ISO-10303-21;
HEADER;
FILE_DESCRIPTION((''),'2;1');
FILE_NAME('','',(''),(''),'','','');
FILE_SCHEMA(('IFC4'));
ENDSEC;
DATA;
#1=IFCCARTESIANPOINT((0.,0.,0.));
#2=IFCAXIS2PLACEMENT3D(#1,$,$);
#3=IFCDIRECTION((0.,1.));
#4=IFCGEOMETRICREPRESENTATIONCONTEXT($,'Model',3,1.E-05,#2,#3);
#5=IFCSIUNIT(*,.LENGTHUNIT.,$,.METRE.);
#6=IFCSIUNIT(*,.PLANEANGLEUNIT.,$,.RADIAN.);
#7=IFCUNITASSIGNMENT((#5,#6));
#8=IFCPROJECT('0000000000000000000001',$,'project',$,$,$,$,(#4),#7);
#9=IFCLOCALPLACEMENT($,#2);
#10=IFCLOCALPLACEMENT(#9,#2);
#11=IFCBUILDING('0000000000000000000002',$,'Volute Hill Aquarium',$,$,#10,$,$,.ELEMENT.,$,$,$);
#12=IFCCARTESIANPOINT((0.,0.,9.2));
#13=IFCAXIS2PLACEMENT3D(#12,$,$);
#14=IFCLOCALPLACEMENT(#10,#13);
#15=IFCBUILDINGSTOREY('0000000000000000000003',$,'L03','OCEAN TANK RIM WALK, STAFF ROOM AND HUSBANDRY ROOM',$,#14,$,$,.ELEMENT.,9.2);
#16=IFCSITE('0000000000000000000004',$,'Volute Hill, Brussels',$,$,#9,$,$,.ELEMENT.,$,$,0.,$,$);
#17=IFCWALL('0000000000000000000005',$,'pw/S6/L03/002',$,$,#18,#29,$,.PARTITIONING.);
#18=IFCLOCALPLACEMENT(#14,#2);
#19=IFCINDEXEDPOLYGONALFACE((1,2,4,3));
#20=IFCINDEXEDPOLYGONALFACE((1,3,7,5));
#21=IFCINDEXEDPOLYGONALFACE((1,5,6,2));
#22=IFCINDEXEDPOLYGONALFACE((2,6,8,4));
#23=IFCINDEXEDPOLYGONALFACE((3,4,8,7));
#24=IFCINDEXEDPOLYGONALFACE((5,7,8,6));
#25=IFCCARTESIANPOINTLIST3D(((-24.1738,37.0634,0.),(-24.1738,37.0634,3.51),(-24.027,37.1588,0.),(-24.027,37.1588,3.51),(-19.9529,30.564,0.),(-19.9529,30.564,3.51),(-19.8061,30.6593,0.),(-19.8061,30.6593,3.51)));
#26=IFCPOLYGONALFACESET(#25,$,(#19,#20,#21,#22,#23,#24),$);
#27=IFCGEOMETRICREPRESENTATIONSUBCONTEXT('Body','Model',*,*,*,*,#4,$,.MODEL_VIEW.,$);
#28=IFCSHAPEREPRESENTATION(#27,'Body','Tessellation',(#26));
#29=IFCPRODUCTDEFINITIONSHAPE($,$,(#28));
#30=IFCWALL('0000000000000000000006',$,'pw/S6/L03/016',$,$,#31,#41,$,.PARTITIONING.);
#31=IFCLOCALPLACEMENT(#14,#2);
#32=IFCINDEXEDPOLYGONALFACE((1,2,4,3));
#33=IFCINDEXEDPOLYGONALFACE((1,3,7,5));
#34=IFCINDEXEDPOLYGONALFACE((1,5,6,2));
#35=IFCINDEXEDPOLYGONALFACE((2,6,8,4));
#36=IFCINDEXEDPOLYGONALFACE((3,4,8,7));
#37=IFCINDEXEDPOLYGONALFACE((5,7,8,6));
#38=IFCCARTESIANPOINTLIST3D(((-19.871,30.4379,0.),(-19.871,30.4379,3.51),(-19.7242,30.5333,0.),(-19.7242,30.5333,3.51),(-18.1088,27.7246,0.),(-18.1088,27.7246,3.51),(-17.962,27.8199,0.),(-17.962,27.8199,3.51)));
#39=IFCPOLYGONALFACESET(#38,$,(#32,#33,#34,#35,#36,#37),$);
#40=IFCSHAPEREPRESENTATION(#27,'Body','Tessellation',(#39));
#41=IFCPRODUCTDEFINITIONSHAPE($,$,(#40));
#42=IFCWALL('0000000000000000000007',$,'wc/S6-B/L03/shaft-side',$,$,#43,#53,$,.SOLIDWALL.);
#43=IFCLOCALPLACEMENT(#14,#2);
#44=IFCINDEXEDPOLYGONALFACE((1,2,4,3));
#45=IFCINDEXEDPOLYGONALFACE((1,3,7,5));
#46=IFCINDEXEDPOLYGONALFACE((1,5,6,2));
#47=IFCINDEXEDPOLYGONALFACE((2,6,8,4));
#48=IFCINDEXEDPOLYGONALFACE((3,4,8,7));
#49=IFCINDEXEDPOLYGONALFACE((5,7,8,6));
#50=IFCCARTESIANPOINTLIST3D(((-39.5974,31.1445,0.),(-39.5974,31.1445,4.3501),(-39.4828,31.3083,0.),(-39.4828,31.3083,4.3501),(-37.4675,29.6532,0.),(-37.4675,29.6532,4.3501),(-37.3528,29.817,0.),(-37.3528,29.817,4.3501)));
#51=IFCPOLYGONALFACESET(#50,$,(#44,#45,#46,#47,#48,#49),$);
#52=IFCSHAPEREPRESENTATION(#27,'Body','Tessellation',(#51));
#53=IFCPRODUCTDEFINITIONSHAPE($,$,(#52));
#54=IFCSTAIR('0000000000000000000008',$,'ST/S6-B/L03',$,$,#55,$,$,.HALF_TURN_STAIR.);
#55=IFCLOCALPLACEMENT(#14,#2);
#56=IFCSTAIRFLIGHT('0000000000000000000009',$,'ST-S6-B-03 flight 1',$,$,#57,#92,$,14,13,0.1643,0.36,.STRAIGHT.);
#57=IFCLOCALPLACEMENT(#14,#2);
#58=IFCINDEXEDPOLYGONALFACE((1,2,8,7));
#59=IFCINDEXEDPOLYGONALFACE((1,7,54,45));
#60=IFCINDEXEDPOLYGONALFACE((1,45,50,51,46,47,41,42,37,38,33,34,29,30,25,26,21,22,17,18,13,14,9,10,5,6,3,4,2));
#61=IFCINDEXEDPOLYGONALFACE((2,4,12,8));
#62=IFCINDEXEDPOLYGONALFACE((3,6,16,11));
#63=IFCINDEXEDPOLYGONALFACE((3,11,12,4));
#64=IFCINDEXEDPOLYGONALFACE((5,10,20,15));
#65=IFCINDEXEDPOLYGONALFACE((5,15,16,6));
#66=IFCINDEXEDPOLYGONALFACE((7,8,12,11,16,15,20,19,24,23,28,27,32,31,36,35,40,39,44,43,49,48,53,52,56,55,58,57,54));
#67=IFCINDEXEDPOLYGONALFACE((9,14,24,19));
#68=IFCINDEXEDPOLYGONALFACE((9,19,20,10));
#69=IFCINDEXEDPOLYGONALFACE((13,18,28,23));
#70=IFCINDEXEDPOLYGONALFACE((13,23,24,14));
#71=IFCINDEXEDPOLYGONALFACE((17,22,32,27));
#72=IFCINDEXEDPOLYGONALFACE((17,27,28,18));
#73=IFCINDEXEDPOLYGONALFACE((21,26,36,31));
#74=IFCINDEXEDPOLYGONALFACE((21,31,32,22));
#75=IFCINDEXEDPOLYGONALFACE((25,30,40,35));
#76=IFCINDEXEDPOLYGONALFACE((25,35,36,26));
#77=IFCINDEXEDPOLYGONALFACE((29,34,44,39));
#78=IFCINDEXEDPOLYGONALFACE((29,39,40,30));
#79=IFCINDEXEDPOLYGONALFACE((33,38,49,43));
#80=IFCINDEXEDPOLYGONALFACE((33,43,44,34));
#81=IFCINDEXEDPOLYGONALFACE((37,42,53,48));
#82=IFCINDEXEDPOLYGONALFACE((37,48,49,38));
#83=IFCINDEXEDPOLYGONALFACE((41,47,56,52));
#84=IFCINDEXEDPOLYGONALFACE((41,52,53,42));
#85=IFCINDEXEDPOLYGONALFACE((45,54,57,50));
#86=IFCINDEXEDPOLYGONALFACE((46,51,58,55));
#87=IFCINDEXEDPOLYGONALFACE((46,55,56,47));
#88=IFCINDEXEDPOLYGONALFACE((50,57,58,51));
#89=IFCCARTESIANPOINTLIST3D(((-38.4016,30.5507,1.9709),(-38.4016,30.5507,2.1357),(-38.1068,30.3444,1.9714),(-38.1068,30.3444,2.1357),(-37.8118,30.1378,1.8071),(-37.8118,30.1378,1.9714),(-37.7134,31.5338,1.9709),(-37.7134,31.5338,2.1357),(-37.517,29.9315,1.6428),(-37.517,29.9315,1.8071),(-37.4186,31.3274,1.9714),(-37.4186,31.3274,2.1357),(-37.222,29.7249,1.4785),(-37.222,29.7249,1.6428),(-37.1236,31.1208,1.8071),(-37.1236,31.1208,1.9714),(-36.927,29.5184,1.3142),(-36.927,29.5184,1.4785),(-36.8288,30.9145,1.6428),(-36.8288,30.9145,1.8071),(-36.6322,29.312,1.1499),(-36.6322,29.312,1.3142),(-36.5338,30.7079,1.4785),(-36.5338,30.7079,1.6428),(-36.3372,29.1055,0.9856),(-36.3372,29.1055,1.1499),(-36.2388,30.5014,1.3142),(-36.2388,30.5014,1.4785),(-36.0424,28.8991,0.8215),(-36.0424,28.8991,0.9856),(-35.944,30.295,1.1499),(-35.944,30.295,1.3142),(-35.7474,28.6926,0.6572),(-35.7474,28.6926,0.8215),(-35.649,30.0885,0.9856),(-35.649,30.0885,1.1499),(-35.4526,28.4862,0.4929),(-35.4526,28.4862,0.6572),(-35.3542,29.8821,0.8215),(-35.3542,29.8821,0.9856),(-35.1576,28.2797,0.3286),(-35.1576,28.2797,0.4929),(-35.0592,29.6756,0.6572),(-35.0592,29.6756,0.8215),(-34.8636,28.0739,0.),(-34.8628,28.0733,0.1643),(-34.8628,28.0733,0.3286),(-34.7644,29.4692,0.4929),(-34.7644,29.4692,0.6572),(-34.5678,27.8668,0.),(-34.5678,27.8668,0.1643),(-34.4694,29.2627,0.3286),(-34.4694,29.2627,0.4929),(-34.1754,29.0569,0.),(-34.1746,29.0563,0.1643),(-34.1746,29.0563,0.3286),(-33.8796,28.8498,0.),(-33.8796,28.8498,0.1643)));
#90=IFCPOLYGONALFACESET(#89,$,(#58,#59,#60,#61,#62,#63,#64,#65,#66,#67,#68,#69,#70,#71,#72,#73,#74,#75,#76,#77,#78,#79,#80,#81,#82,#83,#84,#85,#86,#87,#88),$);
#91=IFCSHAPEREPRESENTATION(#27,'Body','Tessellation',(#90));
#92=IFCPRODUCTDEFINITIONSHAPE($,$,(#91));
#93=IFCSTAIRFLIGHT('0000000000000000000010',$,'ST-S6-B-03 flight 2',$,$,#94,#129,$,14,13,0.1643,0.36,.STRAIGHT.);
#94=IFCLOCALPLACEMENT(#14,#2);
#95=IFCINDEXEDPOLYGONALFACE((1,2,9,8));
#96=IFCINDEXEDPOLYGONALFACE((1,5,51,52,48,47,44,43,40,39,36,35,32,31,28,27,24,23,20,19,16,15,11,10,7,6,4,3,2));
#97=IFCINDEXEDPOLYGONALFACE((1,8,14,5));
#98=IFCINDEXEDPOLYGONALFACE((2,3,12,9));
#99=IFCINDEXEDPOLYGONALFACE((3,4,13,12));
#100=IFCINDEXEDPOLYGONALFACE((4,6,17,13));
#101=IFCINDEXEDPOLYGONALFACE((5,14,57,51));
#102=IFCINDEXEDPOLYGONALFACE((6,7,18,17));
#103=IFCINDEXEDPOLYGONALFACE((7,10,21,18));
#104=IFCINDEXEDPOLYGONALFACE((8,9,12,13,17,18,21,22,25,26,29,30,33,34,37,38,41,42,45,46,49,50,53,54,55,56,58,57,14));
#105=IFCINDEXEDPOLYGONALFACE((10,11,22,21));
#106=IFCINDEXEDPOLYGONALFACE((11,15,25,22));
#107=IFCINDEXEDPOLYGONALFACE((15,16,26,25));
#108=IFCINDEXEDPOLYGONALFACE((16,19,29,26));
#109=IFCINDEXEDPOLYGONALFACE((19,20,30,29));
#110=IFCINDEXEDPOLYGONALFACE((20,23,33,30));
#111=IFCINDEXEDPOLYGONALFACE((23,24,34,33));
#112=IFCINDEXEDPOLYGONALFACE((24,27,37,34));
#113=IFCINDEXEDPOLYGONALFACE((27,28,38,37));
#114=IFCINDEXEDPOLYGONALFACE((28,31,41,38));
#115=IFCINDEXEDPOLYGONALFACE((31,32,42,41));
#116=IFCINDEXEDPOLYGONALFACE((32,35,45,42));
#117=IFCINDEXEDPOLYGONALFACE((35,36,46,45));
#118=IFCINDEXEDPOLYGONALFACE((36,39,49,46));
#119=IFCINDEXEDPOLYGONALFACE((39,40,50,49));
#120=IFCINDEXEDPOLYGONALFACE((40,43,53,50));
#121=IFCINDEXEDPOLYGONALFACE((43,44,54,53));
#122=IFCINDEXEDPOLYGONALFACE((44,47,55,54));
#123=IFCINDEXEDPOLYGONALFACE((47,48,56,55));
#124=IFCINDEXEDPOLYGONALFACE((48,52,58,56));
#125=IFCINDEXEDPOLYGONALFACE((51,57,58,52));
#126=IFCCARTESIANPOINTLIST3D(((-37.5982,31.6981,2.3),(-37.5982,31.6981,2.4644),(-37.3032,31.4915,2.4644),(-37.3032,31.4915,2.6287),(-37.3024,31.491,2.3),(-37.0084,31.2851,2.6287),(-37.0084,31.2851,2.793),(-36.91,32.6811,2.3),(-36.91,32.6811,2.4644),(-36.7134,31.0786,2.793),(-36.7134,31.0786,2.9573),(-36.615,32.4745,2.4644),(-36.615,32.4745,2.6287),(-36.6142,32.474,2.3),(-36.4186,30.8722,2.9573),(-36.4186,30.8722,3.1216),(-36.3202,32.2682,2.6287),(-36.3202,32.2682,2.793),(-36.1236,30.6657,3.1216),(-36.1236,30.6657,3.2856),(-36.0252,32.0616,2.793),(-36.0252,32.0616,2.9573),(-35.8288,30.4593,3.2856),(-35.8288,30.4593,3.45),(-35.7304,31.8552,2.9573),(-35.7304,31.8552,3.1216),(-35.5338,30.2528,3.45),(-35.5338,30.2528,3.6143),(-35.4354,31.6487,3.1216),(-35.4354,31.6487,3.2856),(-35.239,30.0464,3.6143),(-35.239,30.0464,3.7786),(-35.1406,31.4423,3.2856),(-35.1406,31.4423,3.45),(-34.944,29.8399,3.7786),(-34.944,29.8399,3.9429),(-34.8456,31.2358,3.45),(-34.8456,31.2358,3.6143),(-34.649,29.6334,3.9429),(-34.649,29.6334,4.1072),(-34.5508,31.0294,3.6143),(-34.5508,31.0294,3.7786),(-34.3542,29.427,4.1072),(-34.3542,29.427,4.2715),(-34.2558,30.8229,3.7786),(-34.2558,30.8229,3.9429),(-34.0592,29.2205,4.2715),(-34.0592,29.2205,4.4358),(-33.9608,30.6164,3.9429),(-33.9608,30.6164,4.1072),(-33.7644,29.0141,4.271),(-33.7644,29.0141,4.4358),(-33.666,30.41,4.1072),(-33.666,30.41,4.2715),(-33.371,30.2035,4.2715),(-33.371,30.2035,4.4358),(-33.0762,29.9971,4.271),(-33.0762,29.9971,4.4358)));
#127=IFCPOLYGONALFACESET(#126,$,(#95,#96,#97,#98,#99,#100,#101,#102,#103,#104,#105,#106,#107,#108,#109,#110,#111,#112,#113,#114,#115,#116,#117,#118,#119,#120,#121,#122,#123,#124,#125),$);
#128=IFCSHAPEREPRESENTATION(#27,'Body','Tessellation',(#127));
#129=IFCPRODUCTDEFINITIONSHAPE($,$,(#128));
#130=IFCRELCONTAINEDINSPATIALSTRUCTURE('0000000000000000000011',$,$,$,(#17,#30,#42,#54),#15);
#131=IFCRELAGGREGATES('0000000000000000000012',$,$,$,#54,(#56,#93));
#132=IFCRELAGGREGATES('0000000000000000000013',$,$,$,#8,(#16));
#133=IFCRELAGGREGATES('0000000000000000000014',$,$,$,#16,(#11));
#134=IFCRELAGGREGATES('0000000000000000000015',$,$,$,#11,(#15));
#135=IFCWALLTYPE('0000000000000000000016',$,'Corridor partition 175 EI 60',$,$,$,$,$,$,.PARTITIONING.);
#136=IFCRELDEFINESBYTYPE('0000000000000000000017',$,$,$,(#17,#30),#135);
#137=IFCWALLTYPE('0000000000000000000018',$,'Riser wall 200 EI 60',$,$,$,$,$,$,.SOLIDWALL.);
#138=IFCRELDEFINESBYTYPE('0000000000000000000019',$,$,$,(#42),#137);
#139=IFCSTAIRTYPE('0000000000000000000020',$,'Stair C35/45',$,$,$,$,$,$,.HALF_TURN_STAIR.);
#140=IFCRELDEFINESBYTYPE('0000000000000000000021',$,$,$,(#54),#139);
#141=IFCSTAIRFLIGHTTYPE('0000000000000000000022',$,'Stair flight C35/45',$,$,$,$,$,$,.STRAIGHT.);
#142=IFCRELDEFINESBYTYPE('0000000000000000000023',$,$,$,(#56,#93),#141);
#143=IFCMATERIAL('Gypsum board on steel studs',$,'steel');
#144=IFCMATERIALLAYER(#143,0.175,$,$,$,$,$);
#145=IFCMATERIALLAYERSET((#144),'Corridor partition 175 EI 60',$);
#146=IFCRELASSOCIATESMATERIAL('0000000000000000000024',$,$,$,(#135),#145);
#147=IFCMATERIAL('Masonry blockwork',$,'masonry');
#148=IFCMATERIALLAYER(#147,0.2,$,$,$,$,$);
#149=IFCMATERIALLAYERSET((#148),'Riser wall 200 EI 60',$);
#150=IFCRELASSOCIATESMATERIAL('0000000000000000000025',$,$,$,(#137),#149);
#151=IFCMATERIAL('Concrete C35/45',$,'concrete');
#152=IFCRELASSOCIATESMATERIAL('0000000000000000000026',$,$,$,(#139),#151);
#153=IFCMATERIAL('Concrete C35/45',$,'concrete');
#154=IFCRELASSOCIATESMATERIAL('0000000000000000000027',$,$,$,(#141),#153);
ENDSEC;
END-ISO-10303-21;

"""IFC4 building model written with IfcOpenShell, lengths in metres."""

from ifc_helpers import new_model, si_unit, direction, frame, frame_2d, origin, place, context, subcontext, project, spatial, polyline, rectangle, outline, extrude, material, layer, layer_set, type_object, element, aggregate, save


model = new_model("IFC4")

# Units and contexts
model_context = context("Model", 3, precision=1e-05, world=origin(), true_north=direction((0.0, 1.0)))
body_context = subcontext(model_context, "Body", "Model", "MODEL_VIEW")
ifc_project = project(units=[si_unit("LENGTHUNIT", "METRE"), si_unit("PLANEANGLEUNIT", "RADIAN")], contexts=[model_context])

# Site, building, storey
site_placement = place(None, origin())
site = spatial("IfcSite", under=ifc_project, at=site_placement, Name="Volute Hill, Brussels", CompositionType="ELEMENT", RefElevation=0.0)
building_placement = place(site_placement, origin())
building = spatial("IfcBuilding", under=site, at=building_placement, Name="Volute Hill Aquarium", CompositionType="ELEMENT")
storey_placement = place(building_placement, frame((0.0, 0.0, 9.2)))
storey = spatial("IfcBuildingStorey", under=building, at=storey_placement, Name="L03", Description="OCEAN TANK RIM WALK, STAFF ROOM AND HUSBANDRY ROOM", CompositionType="ELEMENT", Elevation=9.2)

# Walls
ifc_material_1 = material(Name="Gypsum board on steel studs", Category="steel")
ifc_layer_1 = layer(ifc_material_1, 0.175)
ifc_layer_set_1 = layer_set([ifc_layer_1], Name="Corridor partition 175 EI 60")
wall_type_1 = type_object("IfcWallType", Name="Corridor partition 175 EI 60", PredefinedType="PARTITIONING", material=ifc_layer_set_1)
wall_1_placement = place(storey_placement, frame((-19.8794, 30.6116, 0.0), z_axis=(0.0, 0.0, 1.0), x_axis=(-0.544649, 0.838664, 0.0)))
element("IfcWall", 1, at=wall_1_placement, inside=storey, type_object=wall_type_1, Name="pw/S6/L03/002", PredefinedType="PARTITIONING", context=body_context, shape_type="SweptSolid", body=[
    extrude(rectangle(XDim=7.7498, YDim=0.175, at=frame_2d((3.875, 0.0))), origin(), (0.0, 0.0, 1.0), 3.51),
])
wall_2_placement = place(storey_placement, frame((-19.7976, 30.4856, 0.0), z_axis=(0.0, 0.0, 1.0), x_axis=(0.544665, -0.838654, 0.0)))
element("IfcWall", 2, at=wall_2_placement, inside=storey, type_object=wall_type_1, Name="pw/S6/L03/016", PredefinedType="PARTITIONING", context=body_context, shape_type="SweptSolid", body=[
    extrude(rectangle(XDim=3.2354, YDim=0.175, at=frame_2d((1.6177, 0.0))), origin(), (0.0, 0.0, 1.0), 3.51),
])
ifc_material_2 = material(Name="Masonry blockwork", Category="masonry")
ifc_layer_2 = layer(ifc_material_2, 0.2)
ifc_layer_set_2 = layer_set([ifc_layer_2], Name="Riser wall 200 EI 60")
wall_type_2 = type_object("IfcWallType", Name="Riser wall 200 EI 60", PredefinedType="SOLIDWALL", material=ifc_layer_set_2)
wall_3_placement = place(storey_placement, frame((-37.4102, 29.7351, 0.0), z_axis=(0.0, 0.0, 1.0), x_axis=(-0.819179, 0.573538, 0.0)))
element("IfcWall", 3, at=wall_3_placement, inside=storey, type_object=wall_type_2, Name="wc/S6-B/L03/shaft-side", PredefinedType="SOLIDWALL", context=body_context, shape_type="SweptSolid", body=[
    extrude(rectangle(XDim=2.6001, YDim=0.2, at=frame_2d((1.3, 0.0))), origin(), (0.0, 0.0, 1.0), 4.3501),
])

# Stair, stair flights
ifc_material_3 = material(Name="Concrete C35/45", Category="concrete")
stair_type = type_object("IfcStairType", Name="Stair C35/45", PredefinedType="HALF_TURN_STAIR", material=ifc_material_3)
stair_placement = place(storey_placement, origin())
stair = element("IfcStair", 4, at=stair_placement, inside=storey, type_object=stair_type, Name="ST/S6-B/L03", PredefinedType="HALF_TURN_STAIR")
ifc_material_4 = material(Name="Concrete C35/45", Category="concrete")
stair_flight_type = type_object("IfcStairFlightType", Name="Stair flight C35/45", PredefinedType="STRAIGHT", material=ifc_material_4)
stair_flight_1_placement = place(storey_placement, frame((-34.2236, 28.3584, 0.0), z_axis=(0.0, 0.0, 1.0), x_axis=(-0.819204, 0.573503, 0.0)))
stair_flight_1 = element("IfcStairFlight", 5, at=stair_flight_1_placement, type_object=stair_flight_type, Name="ST-S6-B-03 flight 1", NumberOfRisers=14, NumberOfTreads=13, PredefinedType="STRAIGHT", RiserHeight=0.1643, TreadLength=0.36, context=body_context, shape_type="SweptSolid", body=[
    extrude(outline(polyline([(0.0, 0.0), (0.0, 0.1643), (0.3601, 0.1643), (0.3601, 0.3286), (0.72, 0.3286), (0.72, 0.4929), (1.0801, 0.4929), (1.0801, 0.6572), (1.4399, 0.6572), (1.4399, 0.8215), (1.8, 0.8215), (1.8, 0.9856), (2.1599, 0.9856), (2.1599, 1.1499), (2.52, 1.1499), (2.52, 1.3142), (2.8799, 1.3142), (2.8799, 1.4785), (3.24, 1.4785), (3.24, 1.6428), (3.6001, 1.6428), (3.6001, 1.8071), (3.96, 1.8071), (3.96, 1.9714), (4.3201, 1.9714), (4.3201, 2.1357), (4.6799, 2.1357), (4.6799, 2.3), (4.6799, 1.9709), (0.3611, 0.0), (0.0, 0.0)])), frame((0.0, 0.6001, 0.0), z_axis=(0.0, -1.0, 0.0), x_axis=(1.0, 0.0, 0.0)), (0.0, 0.0, 1.0), 1.2),
])
stair_flight_2_placement = place(storey_placement, frame((-37.2542, 32.1895, 2.3), z_axis=(0.0, 0.0, 1.0), x_axis=(0.819204, -0.573503, 0.0)))
stair_flight_2 = element("IfcStairFlight", 6, at=stair_flight_2_placement, type_object=stair_flight_type, Name="ST-S6-B-03 flight 2", NumberOfRisers=14, NumberOfTreads=13, PredefinedType="STRAIGHT", RiserHeight=0.1643, TreadLength=0.36, context=body_context, shape_type="SweptSolid", body=[
    extrude(outline(polyline([(0.0, 0.0), (0.0, 0.1643), (0.3601, 0.1643), (0.3601, 0.3286), (0.72, 0.3286), (0.72, 0.4929), (1.0801, 0.4929), (1.0801, 0.6572), (1.4399, 0.6572), (1.4399, 0.8215), (1.8, 0.8215), (1.8, 0.9856), (2.1599, 0.9856), (2.1599, 1.1499), (2.52, 1.1499), (2.52, 1.3142), (2.8799, 1.3142), (2.8799, 1.4785), (3.24, 1.4785), (3.24, 1.6428), (3.6001, 1.6428), (3.6001, 1.8071), (3.96, 1.8071), (3.96, 1.9714), (4.3201, 1.9714), (4.3201, 2.1357), (4.6799, 2.1357), (4.6799, 2.3), (4.6799, 1.9709), (0.3611, 0.0), (0.0, 0.0)])), frame((0.0, 0.6001, 0.0), z_axis=(0.0, -1.0, 0.0), x_axis=(1.0, 0.0, 0.0)), (0.0, 0.0, 1.0), 1.2),
])
aggregate(stair, [stair_flight_1, stair_flight_2])

save(model, "model.ifc")
